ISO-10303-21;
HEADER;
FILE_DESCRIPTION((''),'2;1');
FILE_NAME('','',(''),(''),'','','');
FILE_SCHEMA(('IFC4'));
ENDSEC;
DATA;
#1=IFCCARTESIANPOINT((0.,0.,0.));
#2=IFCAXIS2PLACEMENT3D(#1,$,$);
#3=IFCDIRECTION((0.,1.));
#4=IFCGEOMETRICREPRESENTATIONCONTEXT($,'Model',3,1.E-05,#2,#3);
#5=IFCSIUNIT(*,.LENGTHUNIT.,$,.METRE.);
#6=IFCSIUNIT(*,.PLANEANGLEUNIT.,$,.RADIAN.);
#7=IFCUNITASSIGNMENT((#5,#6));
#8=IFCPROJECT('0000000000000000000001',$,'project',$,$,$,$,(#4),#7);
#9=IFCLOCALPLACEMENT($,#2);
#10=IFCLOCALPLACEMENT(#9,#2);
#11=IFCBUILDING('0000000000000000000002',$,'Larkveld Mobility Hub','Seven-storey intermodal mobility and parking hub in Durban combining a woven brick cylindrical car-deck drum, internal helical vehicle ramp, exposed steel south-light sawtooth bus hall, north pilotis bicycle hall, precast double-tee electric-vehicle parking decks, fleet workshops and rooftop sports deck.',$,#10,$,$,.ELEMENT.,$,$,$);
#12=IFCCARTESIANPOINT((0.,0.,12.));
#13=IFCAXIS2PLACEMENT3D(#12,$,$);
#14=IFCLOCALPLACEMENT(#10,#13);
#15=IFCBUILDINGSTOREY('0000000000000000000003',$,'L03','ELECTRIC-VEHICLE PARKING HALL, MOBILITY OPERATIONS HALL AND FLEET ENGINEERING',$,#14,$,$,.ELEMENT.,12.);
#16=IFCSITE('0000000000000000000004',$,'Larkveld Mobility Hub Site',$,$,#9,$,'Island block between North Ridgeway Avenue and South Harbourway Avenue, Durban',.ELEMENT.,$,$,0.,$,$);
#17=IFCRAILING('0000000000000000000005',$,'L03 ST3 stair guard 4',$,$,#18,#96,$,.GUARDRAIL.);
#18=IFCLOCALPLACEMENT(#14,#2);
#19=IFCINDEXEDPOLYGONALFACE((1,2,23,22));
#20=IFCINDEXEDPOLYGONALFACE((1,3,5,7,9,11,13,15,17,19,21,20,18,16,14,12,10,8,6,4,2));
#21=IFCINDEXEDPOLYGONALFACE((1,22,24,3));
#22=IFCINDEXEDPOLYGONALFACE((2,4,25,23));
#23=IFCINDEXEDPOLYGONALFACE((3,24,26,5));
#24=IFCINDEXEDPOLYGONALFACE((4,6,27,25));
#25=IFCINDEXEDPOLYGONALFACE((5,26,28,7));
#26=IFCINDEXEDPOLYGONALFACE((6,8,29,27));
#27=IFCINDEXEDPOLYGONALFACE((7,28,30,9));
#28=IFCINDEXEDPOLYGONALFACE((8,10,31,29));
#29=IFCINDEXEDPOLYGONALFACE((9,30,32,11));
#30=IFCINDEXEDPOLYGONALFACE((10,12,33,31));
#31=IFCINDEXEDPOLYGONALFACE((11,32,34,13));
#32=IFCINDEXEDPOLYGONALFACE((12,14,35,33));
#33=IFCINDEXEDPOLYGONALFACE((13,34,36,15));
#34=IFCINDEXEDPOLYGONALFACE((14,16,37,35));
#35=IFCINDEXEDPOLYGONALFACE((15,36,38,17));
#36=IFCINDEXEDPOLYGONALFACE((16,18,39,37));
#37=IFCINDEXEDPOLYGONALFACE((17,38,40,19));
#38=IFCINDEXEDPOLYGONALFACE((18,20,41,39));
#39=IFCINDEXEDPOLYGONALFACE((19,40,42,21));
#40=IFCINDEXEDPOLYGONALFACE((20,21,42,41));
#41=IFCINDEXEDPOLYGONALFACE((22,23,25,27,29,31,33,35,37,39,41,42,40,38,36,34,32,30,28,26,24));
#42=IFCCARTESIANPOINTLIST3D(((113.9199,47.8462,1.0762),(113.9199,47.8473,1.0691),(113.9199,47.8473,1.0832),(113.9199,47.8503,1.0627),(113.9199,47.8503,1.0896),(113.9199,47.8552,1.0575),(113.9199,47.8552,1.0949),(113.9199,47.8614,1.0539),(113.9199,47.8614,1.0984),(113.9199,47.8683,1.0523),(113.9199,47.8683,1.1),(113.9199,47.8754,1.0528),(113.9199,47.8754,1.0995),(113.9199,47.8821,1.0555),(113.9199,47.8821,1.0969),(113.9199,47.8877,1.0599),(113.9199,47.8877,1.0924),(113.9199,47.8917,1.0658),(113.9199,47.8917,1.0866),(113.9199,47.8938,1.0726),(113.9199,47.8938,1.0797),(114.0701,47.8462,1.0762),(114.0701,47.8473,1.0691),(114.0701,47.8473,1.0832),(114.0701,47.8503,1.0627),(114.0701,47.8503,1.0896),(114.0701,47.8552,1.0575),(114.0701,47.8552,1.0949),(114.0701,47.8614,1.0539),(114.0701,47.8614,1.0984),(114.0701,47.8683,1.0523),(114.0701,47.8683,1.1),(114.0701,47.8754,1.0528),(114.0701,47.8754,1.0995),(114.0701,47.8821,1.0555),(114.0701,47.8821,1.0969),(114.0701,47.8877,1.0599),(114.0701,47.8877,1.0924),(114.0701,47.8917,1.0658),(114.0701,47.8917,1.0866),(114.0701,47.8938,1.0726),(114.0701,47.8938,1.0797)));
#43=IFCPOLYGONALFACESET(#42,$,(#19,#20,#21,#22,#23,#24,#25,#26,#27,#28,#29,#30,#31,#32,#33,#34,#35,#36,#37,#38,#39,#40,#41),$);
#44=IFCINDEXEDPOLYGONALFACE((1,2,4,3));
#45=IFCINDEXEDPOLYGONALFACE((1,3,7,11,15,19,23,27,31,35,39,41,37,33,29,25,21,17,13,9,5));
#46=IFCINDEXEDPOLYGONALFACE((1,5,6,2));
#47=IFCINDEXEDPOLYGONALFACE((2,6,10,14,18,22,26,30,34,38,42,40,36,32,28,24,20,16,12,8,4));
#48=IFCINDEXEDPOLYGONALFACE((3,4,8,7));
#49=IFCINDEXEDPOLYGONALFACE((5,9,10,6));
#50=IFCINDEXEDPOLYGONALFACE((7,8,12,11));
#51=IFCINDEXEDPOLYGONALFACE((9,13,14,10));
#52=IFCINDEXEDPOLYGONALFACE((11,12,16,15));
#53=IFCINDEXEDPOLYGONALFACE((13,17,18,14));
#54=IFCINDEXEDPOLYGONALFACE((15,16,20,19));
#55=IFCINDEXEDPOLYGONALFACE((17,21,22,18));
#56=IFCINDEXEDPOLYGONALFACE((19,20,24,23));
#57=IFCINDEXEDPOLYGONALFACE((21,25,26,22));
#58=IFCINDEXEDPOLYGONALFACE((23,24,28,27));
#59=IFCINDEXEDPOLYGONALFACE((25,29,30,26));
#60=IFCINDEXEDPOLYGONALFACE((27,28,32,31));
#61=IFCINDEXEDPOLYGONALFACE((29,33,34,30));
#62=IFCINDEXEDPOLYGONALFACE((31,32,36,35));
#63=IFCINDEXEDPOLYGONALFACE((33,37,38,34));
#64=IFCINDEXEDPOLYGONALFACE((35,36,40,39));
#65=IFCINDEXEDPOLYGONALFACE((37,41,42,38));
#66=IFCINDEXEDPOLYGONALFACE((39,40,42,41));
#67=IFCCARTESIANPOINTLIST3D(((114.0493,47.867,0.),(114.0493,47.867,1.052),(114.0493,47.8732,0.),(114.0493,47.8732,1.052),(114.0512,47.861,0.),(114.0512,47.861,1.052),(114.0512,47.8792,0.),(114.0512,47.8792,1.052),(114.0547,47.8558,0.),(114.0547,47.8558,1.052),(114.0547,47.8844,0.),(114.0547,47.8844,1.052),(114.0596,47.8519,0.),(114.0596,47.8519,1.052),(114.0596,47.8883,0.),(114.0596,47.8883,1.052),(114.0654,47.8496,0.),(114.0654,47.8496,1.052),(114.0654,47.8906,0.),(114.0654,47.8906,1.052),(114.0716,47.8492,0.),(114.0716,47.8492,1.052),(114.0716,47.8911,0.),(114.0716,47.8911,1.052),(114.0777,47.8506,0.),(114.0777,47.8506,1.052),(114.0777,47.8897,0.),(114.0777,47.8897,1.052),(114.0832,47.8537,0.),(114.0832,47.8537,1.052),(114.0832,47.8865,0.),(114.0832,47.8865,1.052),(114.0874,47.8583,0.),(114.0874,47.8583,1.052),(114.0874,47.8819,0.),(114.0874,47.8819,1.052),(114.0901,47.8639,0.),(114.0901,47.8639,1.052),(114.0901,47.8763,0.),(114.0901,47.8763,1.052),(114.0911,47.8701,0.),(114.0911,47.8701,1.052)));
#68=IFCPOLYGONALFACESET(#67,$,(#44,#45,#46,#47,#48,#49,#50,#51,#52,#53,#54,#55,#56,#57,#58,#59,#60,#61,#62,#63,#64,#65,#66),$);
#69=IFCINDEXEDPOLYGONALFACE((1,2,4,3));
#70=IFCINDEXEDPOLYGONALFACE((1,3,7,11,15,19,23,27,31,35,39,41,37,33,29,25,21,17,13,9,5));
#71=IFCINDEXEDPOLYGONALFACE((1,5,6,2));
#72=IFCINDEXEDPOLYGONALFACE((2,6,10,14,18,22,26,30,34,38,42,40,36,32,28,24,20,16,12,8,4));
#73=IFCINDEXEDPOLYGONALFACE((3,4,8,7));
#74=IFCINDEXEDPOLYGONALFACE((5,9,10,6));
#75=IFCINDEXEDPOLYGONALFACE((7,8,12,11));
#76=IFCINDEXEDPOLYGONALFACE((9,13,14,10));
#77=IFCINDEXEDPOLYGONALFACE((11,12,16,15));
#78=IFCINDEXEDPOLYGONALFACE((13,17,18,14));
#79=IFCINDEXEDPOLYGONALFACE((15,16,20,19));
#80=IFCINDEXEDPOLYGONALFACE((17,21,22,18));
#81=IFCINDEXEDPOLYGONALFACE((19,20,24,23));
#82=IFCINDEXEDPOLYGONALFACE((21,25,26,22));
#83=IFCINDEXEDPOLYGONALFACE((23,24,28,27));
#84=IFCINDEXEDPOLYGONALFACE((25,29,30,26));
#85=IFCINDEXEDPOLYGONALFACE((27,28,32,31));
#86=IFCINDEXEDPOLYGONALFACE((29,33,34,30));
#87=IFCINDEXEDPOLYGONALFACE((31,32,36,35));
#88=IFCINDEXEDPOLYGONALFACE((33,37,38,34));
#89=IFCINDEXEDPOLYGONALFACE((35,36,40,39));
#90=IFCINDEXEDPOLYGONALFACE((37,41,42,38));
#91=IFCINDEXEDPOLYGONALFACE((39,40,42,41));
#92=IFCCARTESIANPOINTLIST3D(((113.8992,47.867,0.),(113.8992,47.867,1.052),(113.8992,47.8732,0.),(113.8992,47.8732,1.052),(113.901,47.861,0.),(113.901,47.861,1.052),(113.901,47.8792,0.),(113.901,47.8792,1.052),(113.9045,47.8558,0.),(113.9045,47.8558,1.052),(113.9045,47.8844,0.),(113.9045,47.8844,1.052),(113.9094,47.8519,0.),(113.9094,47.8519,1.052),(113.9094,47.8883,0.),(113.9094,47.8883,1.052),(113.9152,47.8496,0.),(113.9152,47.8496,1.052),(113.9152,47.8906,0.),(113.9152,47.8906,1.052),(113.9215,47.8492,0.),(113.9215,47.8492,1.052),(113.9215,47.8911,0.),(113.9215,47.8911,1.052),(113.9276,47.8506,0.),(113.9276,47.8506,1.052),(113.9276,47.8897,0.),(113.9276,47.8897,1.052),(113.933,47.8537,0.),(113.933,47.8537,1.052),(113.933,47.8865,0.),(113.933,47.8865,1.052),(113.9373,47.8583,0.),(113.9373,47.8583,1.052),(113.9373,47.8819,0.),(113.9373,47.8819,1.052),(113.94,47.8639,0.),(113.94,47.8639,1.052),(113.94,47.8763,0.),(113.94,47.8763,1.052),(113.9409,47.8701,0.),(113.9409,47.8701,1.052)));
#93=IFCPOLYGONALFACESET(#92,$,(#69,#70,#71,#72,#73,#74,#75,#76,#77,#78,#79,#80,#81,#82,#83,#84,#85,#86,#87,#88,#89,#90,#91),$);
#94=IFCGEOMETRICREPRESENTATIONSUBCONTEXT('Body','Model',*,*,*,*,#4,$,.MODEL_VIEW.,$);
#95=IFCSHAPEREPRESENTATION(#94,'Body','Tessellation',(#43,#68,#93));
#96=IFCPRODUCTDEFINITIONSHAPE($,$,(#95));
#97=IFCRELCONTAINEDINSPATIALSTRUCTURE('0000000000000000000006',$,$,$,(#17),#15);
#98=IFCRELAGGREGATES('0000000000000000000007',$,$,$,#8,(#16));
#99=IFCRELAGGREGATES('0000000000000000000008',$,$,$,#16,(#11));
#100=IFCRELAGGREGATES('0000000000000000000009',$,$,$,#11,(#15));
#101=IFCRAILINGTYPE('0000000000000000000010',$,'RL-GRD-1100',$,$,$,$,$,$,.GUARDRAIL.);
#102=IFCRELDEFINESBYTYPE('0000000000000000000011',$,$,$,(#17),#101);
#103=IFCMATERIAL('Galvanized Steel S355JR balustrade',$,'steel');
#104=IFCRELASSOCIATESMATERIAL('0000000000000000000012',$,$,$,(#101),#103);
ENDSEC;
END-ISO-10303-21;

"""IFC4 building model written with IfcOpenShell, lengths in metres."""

from ifc_helpers import new_model, si_unit, direction, frame, origin, origin_2d, place, context, subcontext, project, spatial, circle, extrude, material, type_object, element, save


model = new_model("IFC4")

# Units and contexts
model_context = context("Model", 3, precision=1e-05, world=origin(), true_north=direction((0.0, 1.0)))
body_context = subcontext(model_context, "Body", "Model", "MODEL_VIEW")
ifc_project = project(units=[si_unit("LENGTHUNIT", "METRE"), si_unit("PLANEANGLEUNIT", "RADIAN")], contexts=[model_context])

# Site, building, storey
site_placement = place(None, origin())
site = spatial("IfcSite", under=ifc_project, at=site_placement, Name="Larkveld Mobility Hub Site", LongName="Island block between North Ridgeway Avenue and South Harbourway Avenue, Durban", CompositionType="ELEMENT", RefElevation=0.0)
building_placement = place(site_placement, origin())
building = spatial("IfcBuilding", under=site, at=building_placement, Name="Larkveld Mobility Hub", Description="Seven-storey intermodal mobility and parking hub in Durban combining a woven brick cylindrical car-deck drum, internal helical vehicle ramp, exposed steel south-light sawtooth bus hall, north pilotis bicycle hall, precast double-tee electric-vehicle parking decks, fleet workshops and rooftop sports deck.", CompositionType="ELEMENT")
storey_placement = place(building_placement, frame((0.0, 0.0, 12.0)))
storey = spatial("IfcBuildingStorey", under=building, at=storey_placement, Name="L03", Description="ELECTRIC-VEHICLE PARKING HALL, MOBILITY OPERATIONS HALL AND FLEET ENGINEERING", CompositionType="ELEMENT", Elevation=12.0)

# Railing
ifc_material_1 = material(Name="Galvanized Steel S355JR balustrade", Category="steel")
railing_type_1 = type_object("IfcRailingType", Name="RL-GRD-1100", PredefinedType="GUARDRAIL", material=ifc_material_1)
railing_1_placement = place(storey_placement, frame((114.0701, 47.8701, 0.0)))
element("IfcRailing", 1, at=railing_1_placement, inside=storey, type_object=railing_type_1, Name="L03 ST3 stair guard 4", PredefinedType="GUARDRAIL", context=body_context, shape_type="SweptSolid", body=[
    extrude(circle(Radius=0.0239, at=origin_2d()), frame((0.0, 0.0, 1.0762), z_axis=(-1.0, 0.0, 0.0), x_axis=(0.0, -1.0, 0.0)), (0.0, 0.0, 1.0), 0.1501),
    extrude(circle(Radius=0.021, at=origin_2d()), origin(), (0.0, 0.0, 1.0), 1.052),
    extrude(circle(Radius=0.021, at=origin_2d()), frame((-0.1501, 0.0, 0.0)), (0.0, 0.0, 1.0), 1.052),
])

save(model, "model.ifc")
